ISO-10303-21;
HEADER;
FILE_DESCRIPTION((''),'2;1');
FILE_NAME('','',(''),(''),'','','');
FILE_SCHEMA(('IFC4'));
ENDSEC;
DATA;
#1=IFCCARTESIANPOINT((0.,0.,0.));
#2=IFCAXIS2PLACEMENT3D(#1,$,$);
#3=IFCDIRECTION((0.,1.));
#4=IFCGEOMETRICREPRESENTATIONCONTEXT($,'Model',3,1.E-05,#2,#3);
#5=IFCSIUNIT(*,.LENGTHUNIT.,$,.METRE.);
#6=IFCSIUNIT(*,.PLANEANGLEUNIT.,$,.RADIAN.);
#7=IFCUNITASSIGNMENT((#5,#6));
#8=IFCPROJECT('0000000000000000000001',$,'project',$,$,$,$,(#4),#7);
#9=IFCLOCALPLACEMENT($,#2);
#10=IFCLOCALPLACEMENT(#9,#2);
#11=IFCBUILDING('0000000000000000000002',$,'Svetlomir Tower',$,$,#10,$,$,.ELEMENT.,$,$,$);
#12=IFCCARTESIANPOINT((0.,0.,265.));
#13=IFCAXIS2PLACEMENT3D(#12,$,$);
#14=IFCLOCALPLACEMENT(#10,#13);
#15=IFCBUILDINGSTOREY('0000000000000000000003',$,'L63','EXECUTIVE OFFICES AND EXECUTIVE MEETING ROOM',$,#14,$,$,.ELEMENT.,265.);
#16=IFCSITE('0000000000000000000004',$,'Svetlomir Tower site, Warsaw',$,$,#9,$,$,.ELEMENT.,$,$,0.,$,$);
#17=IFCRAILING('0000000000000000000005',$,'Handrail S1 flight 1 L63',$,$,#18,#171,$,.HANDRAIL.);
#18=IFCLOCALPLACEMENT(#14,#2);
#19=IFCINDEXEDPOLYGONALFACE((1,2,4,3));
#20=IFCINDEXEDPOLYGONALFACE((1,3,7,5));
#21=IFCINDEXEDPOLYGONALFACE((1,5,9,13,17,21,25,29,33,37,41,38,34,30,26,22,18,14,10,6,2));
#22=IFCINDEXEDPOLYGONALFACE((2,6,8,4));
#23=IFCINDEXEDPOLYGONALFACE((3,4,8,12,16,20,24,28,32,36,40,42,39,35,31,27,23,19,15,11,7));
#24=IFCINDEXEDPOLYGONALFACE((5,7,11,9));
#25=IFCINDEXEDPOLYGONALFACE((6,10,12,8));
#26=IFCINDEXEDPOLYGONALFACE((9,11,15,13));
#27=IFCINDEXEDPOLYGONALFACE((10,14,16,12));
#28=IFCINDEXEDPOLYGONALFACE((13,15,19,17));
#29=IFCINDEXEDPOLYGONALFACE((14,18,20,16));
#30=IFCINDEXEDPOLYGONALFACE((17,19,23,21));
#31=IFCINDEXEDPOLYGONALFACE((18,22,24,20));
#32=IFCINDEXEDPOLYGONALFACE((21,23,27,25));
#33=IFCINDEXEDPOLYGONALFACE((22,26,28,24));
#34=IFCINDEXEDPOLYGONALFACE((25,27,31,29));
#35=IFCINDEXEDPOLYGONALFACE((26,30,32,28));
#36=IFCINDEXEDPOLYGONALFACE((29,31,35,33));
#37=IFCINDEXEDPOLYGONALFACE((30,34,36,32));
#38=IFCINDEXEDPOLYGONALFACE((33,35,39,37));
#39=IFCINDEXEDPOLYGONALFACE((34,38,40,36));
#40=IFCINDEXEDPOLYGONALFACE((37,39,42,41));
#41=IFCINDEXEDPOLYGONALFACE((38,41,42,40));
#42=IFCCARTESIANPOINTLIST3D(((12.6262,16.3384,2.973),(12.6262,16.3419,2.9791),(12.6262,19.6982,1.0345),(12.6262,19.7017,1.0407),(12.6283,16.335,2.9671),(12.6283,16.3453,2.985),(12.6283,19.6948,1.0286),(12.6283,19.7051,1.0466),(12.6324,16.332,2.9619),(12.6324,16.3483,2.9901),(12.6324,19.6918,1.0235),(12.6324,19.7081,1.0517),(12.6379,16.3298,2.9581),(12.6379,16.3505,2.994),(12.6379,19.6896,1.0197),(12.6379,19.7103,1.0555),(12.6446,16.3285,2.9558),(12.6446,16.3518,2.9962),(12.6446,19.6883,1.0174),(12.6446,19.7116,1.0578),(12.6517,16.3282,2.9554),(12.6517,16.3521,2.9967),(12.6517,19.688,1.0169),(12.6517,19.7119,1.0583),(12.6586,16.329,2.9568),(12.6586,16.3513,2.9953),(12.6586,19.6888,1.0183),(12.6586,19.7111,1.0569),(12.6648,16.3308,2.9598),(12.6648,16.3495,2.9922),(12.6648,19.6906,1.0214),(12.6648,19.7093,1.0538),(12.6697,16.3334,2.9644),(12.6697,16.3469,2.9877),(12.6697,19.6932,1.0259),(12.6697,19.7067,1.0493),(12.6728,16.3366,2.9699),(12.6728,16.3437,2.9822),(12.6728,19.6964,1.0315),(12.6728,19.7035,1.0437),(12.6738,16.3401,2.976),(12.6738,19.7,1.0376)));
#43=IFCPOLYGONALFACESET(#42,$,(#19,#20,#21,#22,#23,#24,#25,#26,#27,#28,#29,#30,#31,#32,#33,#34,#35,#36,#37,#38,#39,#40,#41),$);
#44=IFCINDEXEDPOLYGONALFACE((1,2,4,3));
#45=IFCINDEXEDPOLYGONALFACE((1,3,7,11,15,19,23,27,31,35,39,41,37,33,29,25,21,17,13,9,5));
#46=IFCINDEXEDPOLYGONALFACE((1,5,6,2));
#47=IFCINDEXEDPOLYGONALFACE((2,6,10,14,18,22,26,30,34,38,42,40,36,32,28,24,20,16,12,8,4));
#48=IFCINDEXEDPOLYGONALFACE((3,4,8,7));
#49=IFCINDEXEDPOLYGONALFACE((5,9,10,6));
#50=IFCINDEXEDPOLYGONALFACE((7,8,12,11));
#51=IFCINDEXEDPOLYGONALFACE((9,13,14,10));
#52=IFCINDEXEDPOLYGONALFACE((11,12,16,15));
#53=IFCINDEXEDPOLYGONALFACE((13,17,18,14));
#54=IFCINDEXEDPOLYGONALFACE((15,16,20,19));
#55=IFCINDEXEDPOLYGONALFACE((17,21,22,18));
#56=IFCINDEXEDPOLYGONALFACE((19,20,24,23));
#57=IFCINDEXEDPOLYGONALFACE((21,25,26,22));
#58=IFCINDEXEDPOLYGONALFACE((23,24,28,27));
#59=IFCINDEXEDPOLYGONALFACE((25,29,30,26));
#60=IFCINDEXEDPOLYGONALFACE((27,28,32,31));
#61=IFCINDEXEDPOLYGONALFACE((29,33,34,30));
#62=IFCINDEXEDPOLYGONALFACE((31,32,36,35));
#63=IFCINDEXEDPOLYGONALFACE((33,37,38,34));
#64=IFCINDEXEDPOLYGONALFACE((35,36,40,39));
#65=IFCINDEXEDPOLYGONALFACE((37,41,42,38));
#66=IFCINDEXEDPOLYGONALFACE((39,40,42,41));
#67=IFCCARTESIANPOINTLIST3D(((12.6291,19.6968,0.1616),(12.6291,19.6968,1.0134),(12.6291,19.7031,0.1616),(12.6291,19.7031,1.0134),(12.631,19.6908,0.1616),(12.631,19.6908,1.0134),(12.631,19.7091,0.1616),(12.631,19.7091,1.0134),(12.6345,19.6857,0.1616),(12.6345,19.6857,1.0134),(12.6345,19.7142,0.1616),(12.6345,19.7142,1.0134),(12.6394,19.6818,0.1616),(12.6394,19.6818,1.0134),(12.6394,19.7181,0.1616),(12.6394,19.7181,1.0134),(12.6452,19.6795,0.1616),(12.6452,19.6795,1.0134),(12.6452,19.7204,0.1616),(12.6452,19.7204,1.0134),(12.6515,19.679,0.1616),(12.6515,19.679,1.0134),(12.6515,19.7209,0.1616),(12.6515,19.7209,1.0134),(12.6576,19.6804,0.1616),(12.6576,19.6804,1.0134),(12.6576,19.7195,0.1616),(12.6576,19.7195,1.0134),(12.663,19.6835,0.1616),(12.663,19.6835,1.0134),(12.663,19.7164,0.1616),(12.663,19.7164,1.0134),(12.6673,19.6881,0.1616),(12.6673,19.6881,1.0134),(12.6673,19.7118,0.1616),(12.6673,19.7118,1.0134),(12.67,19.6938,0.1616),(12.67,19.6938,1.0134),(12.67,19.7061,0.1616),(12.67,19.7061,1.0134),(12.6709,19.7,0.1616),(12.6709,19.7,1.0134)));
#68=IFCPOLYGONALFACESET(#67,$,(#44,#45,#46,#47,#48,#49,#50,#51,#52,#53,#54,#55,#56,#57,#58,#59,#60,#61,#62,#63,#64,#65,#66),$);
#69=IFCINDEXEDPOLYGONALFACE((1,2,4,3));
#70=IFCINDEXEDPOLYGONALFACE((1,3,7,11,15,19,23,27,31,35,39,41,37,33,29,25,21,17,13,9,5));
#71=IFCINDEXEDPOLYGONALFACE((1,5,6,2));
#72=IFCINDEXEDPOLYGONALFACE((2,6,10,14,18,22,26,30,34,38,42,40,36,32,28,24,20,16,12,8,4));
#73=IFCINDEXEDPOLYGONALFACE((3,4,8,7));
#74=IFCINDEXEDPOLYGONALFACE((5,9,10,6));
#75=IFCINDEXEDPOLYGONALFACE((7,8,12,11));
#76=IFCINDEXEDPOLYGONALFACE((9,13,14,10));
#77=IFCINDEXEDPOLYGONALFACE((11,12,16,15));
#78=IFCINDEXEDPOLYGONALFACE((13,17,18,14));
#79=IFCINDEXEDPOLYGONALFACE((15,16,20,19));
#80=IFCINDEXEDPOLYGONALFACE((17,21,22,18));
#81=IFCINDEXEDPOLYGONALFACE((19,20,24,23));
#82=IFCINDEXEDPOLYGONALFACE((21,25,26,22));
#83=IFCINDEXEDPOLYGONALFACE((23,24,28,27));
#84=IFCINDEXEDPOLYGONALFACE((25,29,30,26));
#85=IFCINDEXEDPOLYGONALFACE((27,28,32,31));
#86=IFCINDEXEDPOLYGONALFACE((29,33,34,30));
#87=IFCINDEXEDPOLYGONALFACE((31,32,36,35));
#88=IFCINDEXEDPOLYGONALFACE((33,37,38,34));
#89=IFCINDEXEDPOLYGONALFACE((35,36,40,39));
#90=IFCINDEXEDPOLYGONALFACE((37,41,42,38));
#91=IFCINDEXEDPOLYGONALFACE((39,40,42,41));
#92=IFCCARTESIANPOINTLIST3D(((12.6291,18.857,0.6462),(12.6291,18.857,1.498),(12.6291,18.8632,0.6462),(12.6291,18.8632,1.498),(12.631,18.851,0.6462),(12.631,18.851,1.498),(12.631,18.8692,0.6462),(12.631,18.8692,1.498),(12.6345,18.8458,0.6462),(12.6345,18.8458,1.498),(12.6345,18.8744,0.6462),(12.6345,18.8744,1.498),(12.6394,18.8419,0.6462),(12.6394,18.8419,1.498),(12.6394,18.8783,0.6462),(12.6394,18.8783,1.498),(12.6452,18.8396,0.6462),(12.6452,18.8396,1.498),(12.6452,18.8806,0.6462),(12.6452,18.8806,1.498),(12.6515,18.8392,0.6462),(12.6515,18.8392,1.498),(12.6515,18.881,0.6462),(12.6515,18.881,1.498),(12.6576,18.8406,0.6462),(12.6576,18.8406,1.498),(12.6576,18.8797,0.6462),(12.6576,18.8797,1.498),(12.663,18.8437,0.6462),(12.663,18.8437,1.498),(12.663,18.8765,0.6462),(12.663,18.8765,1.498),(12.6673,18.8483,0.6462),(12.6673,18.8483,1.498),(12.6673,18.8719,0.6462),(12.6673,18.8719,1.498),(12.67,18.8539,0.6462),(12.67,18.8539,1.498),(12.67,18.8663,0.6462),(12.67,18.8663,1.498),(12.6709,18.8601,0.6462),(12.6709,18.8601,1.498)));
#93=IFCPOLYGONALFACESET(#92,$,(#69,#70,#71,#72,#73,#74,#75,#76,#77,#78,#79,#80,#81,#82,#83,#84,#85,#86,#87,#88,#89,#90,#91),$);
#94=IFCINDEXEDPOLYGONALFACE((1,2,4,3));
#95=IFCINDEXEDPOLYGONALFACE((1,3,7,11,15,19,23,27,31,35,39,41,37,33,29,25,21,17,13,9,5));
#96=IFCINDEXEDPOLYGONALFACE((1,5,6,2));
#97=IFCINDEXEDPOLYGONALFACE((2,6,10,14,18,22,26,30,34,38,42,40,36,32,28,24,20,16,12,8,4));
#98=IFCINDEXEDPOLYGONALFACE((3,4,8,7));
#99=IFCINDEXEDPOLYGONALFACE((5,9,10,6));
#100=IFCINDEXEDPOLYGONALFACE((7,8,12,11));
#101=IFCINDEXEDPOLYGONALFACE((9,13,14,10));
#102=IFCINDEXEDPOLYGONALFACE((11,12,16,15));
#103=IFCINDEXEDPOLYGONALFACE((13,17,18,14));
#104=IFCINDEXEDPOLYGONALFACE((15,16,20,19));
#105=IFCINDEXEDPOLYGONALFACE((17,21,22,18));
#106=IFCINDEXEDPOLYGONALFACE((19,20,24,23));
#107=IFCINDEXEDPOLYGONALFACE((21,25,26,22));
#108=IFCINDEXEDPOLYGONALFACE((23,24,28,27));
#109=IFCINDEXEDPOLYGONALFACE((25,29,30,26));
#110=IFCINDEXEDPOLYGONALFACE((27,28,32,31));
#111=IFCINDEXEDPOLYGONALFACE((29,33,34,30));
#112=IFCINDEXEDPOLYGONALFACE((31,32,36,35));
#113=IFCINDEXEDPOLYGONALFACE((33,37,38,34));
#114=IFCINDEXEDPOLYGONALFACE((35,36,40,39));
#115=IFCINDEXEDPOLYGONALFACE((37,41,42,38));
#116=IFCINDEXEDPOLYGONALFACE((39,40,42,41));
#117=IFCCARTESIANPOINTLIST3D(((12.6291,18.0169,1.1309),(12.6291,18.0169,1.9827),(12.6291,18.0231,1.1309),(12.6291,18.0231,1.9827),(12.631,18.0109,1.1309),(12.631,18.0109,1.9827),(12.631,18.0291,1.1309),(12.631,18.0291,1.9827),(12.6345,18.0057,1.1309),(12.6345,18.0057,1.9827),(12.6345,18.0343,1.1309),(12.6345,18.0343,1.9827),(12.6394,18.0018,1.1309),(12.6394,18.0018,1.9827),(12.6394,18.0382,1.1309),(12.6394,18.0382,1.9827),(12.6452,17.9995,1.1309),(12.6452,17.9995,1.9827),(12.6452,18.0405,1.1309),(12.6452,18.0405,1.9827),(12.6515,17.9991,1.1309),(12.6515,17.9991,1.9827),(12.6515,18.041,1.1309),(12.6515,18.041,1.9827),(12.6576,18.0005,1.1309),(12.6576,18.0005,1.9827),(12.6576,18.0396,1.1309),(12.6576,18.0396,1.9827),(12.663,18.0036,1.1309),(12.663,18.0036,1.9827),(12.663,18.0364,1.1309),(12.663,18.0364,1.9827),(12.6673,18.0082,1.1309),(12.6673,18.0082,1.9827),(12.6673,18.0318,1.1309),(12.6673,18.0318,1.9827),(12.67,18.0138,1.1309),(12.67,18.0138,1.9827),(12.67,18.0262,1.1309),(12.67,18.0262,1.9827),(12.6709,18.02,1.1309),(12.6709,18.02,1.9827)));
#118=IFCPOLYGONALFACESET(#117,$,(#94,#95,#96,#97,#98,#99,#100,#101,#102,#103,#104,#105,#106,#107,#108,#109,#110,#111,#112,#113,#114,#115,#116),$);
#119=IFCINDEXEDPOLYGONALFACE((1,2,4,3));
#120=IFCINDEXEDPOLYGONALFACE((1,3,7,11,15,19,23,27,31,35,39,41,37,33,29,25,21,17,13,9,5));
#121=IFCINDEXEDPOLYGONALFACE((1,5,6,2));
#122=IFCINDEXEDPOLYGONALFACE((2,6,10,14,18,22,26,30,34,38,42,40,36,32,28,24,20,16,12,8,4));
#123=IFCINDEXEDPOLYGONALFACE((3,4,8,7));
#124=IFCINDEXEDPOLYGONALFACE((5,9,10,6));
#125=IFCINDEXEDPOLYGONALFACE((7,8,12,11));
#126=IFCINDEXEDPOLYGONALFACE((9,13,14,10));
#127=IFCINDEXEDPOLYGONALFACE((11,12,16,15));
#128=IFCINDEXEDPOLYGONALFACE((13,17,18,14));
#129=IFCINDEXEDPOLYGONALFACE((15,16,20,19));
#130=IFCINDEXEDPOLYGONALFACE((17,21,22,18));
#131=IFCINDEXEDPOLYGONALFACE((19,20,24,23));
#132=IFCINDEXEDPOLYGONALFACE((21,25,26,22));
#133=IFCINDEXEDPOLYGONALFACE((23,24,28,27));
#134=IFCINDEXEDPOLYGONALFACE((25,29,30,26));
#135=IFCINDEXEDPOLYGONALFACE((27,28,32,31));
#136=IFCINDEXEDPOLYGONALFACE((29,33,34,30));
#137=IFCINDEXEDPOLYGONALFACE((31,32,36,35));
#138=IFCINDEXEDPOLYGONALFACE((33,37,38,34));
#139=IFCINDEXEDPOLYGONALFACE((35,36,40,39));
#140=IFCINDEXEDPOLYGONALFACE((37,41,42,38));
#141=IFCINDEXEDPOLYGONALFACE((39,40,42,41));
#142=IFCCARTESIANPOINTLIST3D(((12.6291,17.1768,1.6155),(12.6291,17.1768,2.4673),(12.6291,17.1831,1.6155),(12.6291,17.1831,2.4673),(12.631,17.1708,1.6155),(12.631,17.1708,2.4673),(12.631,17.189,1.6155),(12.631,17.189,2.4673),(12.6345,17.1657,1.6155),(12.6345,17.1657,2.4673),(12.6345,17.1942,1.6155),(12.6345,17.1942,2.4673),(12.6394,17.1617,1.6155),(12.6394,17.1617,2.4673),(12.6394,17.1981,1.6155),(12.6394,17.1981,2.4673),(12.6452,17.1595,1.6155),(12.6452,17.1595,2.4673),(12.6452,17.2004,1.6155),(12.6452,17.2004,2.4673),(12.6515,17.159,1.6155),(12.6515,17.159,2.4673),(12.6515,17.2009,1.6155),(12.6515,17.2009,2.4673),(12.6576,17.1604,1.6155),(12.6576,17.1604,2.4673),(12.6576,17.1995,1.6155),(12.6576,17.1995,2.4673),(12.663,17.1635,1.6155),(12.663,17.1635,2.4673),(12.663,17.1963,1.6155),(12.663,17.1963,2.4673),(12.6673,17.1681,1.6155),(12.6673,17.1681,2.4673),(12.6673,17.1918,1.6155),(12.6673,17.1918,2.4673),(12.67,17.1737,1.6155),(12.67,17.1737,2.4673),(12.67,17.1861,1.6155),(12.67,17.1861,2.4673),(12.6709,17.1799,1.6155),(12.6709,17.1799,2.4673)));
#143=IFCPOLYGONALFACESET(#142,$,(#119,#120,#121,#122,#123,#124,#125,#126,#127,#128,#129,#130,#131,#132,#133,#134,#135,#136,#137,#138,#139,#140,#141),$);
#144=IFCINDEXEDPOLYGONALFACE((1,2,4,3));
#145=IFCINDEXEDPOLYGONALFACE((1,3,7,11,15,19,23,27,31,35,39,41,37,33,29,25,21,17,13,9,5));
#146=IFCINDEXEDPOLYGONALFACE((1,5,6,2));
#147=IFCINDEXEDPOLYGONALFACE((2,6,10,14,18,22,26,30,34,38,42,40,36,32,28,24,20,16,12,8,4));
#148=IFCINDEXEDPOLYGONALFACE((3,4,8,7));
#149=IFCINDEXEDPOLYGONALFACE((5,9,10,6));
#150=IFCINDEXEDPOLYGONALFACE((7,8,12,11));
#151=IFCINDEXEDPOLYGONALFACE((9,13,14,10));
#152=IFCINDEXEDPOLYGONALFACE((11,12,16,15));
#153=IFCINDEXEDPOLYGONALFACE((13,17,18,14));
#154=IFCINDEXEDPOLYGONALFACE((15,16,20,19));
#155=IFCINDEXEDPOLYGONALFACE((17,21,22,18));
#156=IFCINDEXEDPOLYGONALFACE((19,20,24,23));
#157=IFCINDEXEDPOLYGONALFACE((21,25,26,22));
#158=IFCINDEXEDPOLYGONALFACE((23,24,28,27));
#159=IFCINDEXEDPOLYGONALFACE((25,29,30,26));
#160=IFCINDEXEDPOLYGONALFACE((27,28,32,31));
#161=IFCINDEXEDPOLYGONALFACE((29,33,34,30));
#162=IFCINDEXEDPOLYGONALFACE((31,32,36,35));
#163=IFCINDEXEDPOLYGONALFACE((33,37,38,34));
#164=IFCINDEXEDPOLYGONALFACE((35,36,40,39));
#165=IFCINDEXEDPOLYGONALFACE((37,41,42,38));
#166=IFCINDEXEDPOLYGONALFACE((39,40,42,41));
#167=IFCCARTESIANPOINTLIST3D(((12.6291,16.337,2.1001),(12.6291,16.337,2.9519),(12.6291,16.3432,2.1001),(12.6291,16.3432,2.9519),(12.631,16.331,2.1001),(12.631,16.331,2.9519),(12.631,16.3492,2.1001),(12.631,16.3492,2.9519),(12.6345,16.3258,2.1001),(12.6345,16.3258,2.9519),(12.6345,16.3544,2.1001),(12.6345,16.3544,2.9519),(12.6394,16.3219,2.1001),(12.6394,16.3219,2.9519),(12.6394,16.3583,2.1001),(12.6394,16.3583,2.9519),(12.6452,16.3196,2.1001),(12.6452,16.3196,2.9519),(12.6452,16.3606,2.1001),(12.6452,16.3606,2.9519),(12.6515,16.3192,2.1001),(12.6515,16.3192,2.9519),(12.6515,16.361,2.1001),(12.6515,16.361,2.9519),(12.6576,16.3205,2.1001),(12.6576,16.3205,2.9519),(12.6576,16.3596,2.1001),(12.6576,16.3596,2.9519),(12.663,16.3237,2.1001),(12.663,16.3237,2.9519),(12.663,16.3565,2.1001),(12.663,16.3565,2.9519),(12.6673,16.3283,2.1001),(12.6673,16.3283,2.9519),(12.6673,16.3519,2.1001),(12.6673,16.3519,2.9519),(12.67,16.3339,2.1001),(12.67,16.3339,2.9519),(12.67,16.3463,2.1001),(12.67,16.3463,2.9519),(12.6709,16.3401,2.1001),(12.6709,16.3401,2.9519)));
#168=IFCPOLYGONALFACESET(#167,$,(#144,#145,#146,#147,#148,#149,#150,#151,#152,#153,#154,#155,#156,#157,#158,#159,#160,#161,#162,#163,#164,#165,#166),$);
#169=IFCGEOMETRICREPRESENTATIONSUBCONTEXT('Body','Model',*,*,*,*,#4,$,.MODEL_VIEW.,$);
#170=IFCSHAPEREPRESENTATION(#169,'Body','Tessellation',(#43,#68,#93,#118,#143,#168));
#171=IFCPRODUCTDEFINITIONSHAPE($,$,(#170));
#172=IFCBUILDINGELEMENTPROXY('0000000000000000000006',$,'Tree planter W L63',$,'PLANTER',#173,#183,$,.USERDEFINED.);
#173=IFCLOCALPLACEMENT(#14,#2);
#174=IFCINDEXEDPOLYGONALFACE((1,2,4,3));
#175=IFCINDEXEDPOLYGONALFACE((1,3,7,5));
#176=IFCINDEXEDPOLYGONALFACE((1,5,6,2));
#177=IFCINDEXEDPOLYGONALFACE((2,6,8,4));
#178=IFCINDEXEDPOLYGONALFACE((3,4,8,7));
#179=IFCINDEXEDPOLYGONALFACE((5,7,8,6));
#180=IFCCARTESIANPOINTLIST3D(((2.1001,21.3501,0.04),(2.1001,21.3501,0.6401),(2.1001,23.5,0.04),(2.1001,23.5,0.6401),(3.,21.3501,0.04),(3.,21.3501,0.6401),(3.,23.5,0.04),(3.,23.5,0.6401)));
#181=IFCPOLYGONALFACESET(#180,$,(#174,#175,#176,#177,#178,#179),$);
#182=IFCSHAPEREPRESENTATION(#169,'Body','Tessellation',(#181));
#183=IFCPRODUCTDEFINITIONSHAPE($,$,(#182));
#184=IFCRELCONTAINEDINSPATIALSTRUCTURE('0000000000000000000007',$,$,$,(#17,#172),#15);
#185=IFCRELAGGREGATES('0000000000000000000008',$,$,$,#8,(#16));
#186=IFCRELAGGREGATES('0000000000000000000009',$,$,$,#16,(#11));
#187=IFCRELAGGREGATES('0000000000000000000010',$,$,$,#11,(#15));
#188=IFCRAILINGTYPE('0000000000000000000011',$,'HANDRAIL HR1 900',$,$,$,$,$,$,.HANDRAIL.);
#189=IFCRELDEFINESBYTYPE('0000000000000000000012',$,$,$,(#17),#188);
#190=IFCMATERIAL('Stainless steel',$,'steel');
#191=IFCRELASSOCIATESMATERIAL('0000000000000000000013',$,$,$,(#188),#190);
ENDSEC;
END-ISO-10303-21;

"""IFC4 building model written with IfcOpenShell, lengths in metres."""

from ifc_helpers import new_model, si_unit, direction, frame, origin, origin_2d, place, context, subcontext, project, spatial, rectangle, circle, extrude, material, type_object, element, save


model = new_model("IFC4")

# Units and contexts
model_context = context("Model", 3, precision=1e-05, world=origin(), true_north=direction((0.0, 1.0)))
body_context = subcontext(model_context, "Body", "Model", "MODEL_VIEW")
ifc_project = project(units=[si_unit("LENGTHUNIT", "METRE"), si_unit("PLANEANGLEUNIT", "RADIAN")], contexts=[model_context])

# Site, building, storey
site_placement = place(None, origin())
site = spatial("IfcSite", under=ifc_project, at=site_placement, Name="Svetlomir Tower site, Warsaw", CompositionType="ELEMENT", RefElevation=0.0)
building_placement = place(site_placement, origin())
building = spatial("IfcBuilding", under=site, at=building_placement, Name="Svetlomir Tower", CompositionType="ELEMENT")
storey_placement = place(building_placement, frame((0.0, 0.0, 265.0)))
storey = spatial("IfcBuildingStorey", under=building, at=storey_placement, Name="L63", Description="EXECUTIVE OFFICES AND EXECUTIVE MEETING ROOM", CompositionType="ELEMENT", Elevation=265.0)

# Railing
ifc_material_1 = material(Name="Stainless steel", Category="steel")
railing_type_1 = type_object("IfcRailingType", Name="HANDRAIL HR1 900", PredefinedType="HANDRAIL", material=ifc_material_1)
railing_placement = place(storey_placement, frame((12.6499, 19.7, 0.1616)))
element("IfcRailing", 1, at=railing_placement, inside=storey, type_object=railing_type_1, Name="Handrail S1 flight 1 L63", PredefinedType="HANDRAIL", context=body_context, shape_type="SweptSolid", body=[
    extrude(circle(Radius=0.0239, at=origin_2d()), frame((0.0, 0.0, 0.876), z_axis=(0.0, -0.866175, 0.499741), x_axis=(1.0, 0.0, 0.0)), (0.0, 0.0, 1.0), 3.8789),
    extrude(circle(Radius=0.021, at=origin_2d()), origin(), (0.0, 0.0, 1.0), 0.8518),
    extrude(circle(Radius=0.021, at=origin_2d()), frame((0.0, -0.8398, 0.4846)), (0.0, 0.0, 1.0), 0.8518),
    extrude(circle(Radius=0.021, at=origin_2d()), frame((0.0, -1.6799, 0.9692)), (0.0, 0.0, 1.0), 0.8518),
    extrude(circle(Radius=0.021, at=origin_2d()), frame((0.0, -2.52, 1.4539)), (0.0, 0.0, 1.0), 0.8518),
    extrude(circle(Radius=0.021, at=origin_2d()), frame((0.0, -3.3599, 1.9385)), (0.0, 0.0, 1.0), 0.8518),
])

# Building element proxy
proxy_placement = place(storey_placement, frame((2.55, 22.425, 0.04), z_axis=(0.0, 0.0, 1.0), x_axis=(1.0, 0.0, 0.0)))
element("IfcBuildingElementProxy", 2, at=proxy_placement, inside=storey, Name="Tree planter W L63", ObjectType="PLANTER", PredefinedType="USERDEFINED", context=body_context, shape_type="SweptSolid", body=[
    extrude(rectangle(XDim=0.8999, YDim=2.1499, at=origin_2d()), origin(), (0.0, 0.0, 1.0), 0.6001),
])

save(model, "model.ifc")
